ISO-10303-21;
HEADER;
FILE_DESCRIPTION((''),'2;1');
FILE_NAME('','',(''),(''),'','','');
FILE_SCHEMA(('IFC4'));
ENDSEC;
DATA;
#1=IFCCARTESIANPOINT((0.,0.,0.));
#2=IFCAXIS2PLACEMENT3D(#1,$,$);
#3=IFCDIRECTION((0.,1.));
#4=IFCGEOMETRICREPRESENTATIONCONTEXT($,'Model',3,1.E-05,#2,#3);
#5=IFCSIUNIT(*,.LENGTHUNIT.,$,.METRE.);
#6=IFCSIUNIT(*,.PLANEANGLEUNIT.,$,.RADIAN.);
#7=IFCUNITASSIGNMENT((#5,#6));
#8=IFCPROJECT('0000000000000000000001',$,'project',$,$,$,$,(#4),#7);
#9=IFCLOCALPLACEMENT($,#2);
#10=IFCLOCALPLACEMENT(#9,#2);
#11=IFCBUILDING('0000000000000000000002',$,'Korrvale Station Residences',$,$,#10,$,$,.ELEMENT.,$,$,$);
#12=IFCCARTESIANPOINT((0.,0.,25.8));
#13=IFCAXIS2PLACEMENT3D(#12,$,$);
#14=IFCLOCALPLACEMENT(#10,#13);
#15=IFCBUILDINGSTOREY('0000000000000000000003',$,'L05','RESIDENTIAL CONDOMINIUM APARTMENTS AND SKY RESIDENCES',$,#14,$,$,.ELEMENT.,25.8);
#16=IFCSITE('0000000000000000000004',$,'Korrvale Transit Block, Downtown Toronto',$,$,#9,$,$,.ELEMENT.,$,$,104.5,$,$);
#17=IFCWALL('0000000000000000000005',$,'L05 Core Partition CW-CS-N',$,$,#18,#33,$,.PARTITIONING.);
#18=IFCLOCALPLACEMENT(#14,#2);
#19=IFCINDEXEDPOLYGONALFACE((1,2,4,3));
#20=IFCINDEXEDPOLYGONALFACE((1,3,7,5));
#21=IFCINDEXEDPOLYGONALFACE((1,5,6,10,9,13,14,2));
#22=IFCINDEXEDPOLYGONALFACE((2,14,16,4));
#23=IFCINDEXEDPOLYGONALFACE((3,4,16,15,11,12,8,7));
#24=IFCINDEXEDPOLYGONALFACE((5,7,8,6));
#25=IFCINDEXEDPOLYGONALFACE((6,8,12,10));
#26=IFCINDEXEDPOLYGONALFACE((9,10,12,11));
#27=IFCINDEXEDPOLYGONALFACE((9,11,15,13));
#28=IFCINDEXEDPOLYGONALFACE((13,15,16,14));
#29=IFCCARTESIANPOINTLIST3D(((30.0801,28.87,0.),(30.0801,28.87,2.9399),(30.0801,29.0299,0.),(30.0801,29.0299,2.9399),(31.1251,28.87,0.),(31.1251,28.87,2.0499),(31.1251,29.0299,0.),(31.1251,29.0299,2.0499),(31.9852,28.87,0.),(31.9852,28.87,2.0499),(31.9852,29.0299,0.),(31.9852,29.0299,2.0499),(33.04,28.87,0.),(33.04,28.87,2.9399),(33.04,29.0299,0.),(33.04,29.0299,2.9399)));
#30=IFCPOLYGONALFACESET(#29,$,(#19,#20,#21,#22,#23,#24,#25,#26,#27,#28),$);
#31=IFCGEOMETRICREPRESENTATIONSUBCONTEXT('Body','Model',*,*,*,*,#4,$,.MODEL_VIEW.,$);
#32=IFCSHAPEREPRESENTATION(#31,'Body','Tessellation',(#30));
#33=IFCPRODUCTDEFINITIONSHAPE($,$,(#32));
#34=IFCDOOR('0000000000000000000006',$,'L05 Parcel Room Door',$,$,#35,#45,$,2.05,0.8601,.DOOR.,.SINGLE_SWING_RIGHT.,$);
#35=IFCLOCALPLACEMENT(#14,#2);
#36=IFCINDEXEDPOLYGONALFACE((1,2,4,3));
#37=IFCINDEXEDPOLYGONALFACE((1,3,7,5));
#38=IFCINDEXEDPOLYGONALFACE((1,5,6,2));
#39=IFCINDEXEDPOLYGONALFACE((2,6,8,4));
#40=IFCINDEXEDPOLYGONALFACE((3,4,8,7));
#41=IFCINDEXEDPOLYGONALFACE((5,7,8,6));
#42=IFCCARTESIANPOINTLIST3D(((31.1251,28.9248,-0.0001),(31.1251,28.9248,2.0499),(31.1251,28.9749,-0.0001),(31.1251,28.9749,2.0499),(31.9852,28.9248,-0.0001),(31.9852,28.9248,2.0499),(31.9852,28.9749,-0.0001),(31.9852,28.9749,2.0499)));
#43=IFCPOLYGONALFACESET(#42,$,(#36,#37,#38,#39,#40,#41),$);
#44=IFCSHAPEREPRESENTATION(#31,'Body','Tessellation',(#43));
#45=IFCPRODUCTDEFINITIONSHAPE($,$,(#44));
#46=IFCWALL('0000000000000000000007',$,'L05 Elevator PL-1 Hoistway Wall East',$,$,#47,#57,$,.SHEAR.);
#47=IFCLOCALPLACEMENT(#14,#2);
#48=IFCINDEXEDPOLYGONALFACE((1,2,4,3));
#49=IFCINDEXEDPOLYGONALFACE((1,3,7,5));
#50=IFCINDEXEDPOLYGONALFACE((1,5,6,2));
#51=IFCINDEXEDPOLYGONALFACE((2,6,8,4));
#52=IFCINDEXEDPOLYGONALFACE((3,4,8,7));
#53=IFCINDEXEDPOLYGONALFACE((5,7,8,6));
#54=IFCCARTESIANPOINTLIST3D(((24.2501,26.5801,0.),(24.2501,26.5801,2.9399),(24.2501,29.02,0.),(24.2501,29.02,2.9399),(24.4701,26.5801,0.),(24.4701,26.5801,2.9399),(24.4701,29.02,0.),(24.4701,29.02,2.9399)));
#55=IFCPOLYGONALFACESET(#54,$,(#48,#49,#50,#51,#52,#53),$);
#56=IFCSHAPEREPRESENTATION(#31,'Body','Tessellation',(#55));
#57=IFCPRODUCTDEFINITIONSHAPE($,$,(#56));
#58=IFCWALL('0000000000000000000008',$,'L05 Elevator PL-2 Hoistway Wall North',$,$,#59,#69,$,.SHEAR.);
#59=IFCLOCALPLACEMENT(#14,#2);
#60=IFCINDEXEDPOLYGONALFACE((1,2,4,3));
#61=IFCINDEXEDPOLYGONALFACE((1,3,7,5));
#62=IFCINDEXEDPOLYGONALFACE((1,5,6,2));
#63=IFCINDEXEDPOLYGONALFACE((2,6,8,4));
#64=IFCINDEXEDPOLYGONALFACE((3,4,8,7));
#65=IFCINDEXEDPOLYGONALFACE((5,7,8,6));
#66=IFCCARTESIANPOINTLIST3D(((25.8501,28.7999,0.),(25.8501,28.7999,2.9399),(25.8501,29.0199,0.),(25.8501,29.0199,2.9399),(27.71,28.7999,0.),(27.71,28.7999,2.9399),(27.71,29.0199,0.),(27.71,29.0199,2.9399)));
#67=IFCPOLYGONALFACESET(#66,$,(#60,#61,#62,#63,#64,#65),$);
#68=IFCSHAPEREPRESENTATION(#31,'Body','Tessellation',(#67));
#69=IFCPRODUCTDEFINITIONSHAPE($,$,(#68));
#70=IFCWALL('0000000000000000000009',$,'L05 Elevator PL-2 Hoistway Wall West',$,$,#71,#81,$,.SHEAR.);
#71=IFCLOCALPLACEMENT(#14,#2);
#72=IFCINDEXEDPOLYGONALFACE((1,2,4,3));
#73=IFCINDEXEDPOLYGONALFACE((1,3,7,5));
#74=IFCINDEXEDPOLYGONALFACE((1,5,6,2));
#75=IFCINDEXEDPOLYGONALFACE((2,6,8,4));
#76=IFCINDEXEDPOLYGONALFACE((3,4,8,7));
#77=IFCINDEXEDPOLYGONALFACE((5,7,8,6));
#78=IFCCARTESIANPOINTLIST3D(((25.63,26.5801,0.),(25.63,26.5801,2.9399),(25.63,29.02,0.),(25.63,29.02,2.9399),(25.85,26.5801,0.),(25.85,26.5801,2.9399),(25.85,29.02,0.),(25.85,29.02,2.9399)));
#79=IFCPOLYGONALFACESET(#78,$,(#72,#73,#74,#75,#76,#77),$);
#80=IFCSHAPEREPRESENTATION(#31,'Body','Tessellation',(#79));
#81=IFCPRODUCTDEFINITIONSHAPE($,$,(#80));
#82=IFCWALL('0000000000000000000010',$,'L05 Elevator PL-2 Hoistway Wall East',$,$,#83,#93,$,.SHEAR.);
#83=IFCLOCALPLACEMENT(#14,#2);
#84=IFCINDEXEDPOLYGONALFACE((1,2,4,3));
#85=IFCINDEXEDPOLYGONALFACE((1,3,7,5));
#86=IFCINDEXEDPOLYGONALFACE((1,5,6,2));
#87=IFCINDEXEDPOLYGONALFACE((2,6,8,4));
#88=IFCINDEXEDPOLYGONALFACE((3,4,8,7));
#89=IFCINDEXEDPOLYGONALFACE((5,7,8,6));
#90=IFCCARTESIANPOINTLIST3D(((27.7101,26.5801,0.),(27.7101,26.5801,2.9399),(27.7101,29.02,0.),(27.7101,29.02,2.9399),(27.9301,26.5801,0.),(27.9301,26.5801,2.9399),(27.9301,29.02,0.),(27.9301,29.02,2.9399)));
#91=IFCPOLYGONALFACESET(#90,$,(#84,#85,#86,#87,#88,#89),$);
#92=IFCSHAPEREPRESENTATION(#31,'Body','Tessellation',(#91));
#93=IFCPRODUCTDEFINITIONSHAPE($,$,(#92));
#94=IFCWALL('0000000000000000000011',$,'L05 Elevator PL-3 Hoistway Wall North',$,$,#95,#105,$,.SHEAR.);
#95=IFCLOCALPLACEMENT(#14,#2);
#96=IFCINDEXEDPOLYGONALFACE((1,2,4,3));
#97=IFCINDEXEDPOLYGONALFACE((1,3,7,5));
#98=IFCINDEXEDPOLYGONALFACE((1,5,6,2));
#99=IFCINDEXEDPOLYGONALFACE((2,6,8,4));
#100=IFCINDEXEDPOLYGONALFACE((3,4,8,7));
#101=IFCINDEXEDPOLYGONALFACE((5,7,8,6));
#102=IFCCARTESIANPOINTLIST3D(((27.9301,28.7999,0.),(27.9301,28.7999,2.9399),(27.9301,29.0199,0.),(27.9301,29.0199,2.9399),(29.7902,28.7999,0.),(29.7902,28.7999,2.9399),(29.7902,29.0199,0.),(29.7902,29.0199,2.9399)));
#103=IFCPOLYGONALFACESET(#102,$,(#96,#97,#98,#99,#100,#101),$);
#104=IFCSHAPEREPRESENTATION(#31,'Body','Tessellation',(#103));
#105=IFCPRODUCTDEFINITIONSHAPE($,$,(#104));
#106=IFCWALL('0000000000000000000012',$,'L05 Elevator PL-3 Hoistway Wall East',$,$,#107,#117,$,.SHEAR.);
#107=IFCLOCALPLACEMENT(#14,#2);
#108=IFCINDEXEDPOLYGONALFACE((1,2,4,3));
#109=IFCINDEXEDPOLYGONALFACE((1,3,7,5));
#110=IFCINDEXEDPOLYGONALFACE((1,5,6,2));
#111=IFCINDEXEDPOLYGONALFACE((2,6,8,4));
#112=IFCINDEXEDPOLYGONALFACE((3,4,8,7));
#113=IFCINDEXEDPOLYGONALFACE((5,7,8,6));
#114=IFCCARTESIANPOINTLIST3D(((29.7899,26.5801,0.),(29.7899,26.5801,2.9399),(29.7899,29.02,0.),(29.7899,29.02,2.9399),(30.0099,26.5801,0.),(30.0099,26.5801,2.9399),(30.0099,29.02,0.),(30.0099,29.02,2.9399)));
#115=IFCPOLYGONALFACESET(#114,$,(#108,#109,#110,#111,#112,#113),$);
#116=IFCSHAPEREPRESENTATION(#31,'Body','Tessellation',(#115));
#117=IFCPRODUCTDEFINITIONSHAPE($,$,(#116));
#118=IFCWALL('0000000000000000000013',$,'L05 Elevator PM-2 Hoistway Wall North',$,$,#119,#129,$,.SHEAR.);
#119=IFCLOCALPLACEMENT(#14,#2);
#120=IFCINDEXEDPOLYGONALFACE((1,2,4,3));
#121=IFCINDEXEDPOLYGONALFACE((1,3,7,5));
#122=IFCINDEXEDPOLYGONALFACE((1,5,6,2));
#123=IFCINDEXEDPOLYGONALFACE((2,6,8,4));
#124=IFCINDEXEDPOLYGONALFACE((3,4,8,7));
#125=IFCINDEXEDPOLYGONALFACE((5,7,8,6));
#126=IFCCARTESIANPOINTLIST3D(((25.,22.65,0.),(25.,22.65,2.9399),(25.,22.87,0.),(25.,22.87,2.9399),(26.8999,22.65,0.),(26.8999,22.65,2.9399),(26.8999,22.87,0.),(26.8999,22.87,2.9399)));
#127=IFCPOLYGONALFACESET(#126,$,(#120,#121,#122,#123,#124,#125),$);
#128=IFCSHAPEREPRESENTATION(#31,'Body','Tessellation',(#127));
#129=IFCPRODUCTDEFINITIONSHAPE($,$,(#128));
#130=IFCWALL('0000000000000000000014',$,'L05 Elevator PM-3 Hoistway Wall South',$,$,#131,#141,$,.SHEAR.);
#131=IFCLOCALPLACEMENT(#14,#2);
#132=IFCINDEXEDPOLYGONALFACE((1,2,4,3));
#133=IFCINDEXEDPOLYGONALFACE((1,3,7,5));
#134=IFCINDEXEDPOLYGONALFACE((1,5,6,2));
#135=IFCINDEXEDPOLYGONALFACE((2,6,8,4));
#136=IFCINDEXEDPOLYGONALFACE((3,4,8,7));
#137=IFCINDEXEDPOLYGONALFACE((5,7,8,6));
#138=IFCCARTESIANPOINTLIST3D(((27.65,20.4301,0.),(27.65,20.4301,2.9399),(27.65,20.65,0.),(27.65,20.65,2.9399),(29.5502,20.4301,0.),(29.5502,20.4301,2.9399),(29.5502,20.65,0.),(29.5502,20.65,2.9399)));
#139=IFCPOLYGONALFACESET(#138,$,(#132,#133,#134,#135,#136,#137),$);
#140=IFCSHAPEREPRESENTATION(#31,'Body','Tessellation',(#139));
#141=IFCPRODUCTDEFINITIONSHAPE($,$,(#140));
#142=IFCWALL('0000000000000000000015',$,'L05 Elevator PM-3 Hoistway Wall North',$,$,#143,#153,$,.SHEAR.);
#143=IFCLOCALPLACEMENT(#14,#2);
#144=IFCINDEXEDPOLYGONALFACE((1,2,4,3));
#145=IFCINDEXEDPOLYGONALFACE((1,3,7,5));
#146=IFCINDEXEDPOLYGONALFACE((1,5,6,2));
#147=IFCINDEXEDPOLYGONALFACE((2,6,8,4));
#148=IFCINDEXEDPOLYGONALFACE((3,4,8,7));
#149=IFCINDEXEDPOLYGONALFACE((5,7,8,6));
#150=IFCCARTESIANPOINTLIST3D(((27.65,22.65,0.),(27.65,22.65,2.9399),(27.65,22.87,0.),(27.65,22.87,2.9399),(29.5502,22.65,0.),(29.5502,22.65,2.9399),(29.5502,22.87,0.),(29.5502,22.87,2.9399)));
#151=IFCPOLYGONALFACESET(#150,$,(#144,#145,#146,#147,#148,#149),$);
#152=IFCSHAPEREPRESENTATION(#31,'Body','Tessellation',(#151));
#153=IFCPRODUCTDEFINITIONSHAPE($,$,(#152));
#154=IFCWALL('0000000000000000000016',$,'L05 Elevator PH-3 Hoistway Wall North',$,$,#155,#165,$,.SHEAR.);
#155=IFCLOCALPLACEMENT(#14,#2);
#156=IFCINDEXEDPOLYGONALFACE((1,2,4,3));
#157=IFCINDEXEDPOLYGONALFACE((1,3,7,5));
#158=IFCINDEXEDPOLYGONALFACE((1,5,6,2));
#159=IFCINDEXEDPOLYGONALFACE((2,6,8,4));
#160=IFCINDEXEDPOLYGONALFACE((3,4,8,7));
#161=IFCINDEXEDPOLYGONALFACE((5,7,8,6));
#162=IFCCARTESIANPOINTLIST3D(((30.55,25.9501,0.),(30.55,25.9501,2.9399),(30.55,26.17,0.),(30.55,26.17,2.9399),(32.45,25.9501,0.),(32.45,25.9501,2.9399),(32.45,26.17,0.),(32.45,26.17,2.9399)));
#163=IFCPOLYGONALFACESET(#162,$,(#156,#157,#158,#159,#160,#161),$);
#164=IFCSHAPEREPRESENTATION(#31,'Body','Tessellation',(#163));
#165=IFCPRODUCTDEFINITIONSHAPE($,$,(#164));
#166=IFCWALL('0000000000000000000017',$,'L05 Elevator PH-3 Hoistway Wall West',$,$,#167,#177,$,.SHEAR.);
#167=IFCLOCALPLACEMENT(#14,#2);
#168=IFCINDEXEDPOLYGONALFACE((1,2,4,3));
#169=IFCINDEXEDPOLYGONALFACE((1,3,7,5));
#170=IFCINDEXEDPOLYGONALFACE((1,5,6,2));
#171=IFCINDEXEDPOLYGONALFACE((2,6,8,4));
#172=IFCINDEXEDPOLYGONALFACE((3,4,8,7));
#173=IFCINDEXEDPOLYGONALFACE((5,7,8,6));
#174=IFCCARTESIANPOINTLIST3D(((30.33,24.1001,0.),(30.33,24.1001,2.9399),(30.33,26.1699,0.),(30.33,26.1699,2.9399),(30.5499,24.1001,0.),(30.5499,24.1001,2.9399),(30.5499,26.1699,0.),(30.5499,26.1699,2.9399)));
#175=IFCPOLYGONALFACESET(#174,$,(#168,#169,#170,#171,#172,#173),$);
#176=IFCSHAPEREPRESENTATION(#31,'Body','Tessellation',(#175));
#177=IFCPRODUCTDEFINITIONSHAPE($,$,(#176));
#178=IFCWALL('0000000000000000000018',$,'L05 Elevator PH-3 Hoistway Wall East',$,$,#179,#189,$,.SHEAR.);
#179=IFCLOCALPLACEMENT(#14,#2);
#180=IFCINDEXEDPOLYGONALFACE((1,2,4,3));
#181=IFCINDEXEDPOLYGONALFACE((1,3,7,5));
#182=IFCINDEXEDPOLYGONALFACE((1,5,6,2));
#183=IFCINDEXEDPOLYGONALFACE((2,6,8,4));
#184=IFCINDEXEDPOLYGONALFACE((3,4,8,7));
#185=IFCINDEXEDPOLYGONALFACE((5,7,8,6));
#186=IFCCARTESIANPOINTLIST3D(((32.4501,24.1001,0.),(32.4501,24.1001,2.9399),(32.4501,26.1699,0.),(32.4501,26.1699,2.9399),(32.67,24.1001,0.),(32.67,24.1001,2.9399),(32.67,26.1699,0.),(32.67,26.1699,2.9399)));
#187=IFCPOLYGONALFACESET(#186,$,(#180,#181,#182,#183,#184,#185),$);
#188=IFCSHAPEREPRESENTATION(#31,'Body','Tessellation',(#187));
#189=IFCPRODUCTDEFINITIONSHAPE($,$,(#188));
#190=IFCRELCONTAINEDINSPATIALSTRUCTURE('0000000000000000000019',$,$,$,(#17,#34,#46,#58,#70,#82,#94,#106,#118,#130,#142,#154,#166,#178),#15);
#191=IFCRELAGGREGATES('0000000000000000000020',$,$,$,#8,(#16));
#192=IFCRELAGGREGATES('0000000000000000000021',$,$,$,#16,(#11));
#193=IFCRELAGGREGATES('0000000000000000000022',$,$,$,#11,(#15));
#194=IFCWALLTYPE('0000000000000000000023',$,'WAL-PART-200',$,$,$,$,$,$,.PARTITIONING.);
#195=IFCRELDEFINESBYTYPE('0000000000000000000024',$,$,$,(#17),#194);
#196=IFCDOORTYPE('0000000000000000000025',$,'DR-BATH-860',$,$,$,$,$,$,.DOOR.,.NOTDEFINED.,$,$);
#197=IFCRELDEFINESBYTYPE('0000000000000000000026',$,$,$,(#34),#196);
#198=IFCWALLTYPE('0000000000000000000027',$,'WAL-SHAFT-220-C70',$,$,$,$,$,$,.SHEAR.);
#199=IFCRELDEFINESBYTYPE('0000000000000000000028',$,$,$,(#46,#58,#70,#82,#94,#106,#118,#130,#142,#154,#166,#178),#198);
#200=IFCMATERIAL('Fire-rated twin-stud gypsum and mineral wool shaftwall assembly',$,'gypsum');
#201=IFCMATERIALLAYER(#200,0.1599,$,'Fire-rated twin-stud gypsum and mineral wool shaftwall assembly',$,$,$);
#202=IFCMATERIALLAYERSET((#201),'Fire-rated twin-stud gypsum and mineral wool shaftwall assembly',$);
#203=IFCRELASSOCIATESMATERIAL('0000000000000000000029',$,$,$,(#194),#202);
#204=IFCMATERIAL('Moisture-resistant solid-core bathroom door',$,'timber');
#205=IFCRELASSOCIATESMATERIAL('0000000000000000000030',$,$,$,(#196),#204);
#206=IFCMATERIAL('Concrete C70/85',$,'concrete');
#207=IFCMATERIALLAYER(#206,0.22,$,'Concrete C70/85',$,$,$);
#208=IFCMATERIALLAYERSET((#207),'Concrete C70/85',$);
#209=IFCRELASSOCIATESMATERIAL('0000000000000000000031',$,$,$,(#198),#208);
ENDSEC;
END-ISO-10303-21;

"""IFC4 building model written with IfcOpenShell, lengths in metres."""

from ifc_helpers import new_model, si_unit, direction, frame, frame_2d, origin, place, context, subcontext, project, spatial, rectangle, extrude, material, layer, layer_set, type_object, element, fill, save


model = new_model("IFC4")

# Units and contexts
model_context = context("Model", 3, precision=1e-05, world=origin(), true_north=direction((0.0, 1.0)))
body_context = subcontext(model_context, "Body", "Model", "MODEL_VIEW")
ifc_project = project(units=[si_unit("LENGTHUNIT", "METRE"), si_unit("PLANEANGLEUNIT", "RADIAN")], contexts=[model_context])

# Site, building, storey
site_placement = place(None, origin())
site = spatial("IfcSite", under=ifc_project, at=site_placement, Name="Korrvale Transit Block, Downtown Toronto", CompositionType="ELEMENT", RefElevation=104.5)
building_placement = place(site_placement, origin())
building = spatial("IfcBuilding", under=site, at=building_placement, Name="Korrvale Station Residences", CompositionType="ELEMENT")
storey_placement = place(building_placement, frame((0.0, 0.0, 25.8)))
storey = spatial("IfcBuildingStorey", under=building, at=storey_placement, Name="L05", Description="RESIDENTIAL CONDOMINIUM APARTMENTS AND SKY RESIDENCES", CompositionType="ELEMENT", Elevation=25.8)

# Shared definitions
ifc_material_1 = material(Name="Concrete C70/85", Category="concrete")

# Shared definitions
ifc_material_2 = material(Name="Fire-rated twin-stud gypsum and mineral wool shaftwall assembly", Category="gypsum")
ifc_layer_1 = layer(ifc_material_2, 0.1599, Name="Fire-rated twin-stud gypsum and mineral wool shaftwall assembly")
ifc_layer_set_1 = layer_set([ifc_layer_1], Name="Fire-rated twin-stud gypsum and mineral wool shaftwall assembly")
wall_type_1 = type_object("IfcWallType", Name="WAL-PART-200", PredefinedType="PARTITIONING", material=ifc_layer_set_1)

# Wall, opening, door
wall_1_placement = place(storey_placement, frame((30.0801, 28.95, 0.0), z_axis=(0.0, 0.0, 1.0), x_axis=(1.0, 0.0, 0.0)))
wall_1 = element("IfcWall", 1, at=wall_1_placement, inside=storey, type_object=wall_type_1, Name="L05 Core Partition CW-CS-N", PredefinedType="PARTITIONING", context=body_context, shape_type="SweptSolid", body=[
    extrude(rectangle(XDim=2.96, YDim=0.1599, at=frame_2d((1.48, 0.0))), origin(), (0.0, 0.0, 1.0), 2.9399),
])
opening_1_placement = place(wall_1_placement, frame((1.0449, 0.0, 0.0)))
opening_1 = element("IfcOpeningElement", 2, at=opening_1_placement, cuts=wall_1, PredefinedType="OPENING", context=body_context, shape_type="SweptSolid", body=[
    extrude(rectangle(XDim=0.8601, YDim=2.05, at=frame_2d((0.4302, 1.0249))), frame((0.0, 0.0898, 0.0), z_axis=(0.0, -1.0, 0.0), x_axis=(1.0, 0.0, 0.0)), (0.0, 0.0, 1.0), 0.1799),
])
ifc_material_3 = material(Name="Moisture-resistant solid-core bathroom door", Category="timber")
door_type_1 = type_object("IfcDoorType", Name="DR-BATH-860", OperationType="NOTDEFINED", PredefinedType="DOOR", material=ifc_material_3)
door_1_placement = place(opening_1_placement, origin())
door_1 = element("IfcDoor", 3, at=door_1_placement, inside=storey, type_object=door_type_1, Name="L05 Parcel Room Door", OperationType="SINGLE_SWING_RIGHT", OverallHeight=2.05, OverallWidth=0.8601, PredefinedType="DOOR", context=body_context, shape_type="SweptSolid", body=[
    extrude(rectangle(XDim=0.8601, YDim=2.05, at=frame_2d((0.4302, 1.0249))), frame((0.0, 0.0249, 0.0), z_axis=(0.0, -1.0, 0.0), x_axis=(1.0, 0.0, 0.0)), (0.0, 0.0, 1.0), 0.05),
])
fill(opening_1, door_1)

# Wall
ifc_layer_2 = layer(ifc_material_1, 0.22, Name="Concrete C70/85")
ifc_layer_set_2 = layer_set([ifc_layer_2], Name="Concrete C70/85")
wall_type_2 = type_object("IfcWallType", Name="WAL-SHAFT-220-C70", PredefinedType="SHEAR", material=ifc_layer_set_2)
wall_2_placement = place(storey_placement, frame((24.3601, 26.5801, 0.0), z_axis=(0.0, 0.0, 1.0), x_axis=(0.0, 1.0, 0.0)))
element("IfcWall", 4, at=wall_2_placement, inside=storey, type_object=wall_type_2, Name="L05 Elevator PL-1 Hoistway Wall East", PredefinedType="SHEAR", context=body_context, shape_type="SweptSolid", body=[
    extrude(rectangle(XDim=2.4399, YDim=0.22, at=frame_2d((1.22, 0.0))), origin(), (0.0, 0.0, 1.0), 2.9399),
])

# Walls
wall_3_placement = place(storey_placement, frame((25.8501, 28.9099, 0.0), z_axis=(0.0, 0.0, 1.0), x_axis=(1.0, 0.0, 0.0)))
element("IfcWall", 5, at=wall_3_placement, inside=storey, type_object=wall_type_2, Name="L05 Elevator PL-2 Hoistway Wall North", PredefinedType="SHEAR", context=body_context, shape_type="SweptSolid", body=[
    extrude(rectangle(XDim=1.8599, YDim=0.22, at=frame_2d((0.9299, 0.0))), origin(), (0.0, 0.0, 1.0), 2.9399),
])
for number, where, z_axis, x_axis, name in (
    (6, (25.74, 26.5801, 0.0), (0.0, 0.0, 1.0), (0.0, 1.0, 0.0), "L05 Elevator PL-2 Hoistway Wall West"),
    (7, (27.8201, 26.5801, 0.0), (0.0, 0.0, 1.0), (0.0, 1.0, 0.0), "L05 Elevator PL-2 Hoistway Wall East"),
):
    element("IfcWall", number, at=place(storey_placement, frame(where, z_axis=z_axis, x_axis=x_axis)), inside=storey, type_object=wall_type_2, Name=name, PredefinedType="SHEAR", context=body_context, shape_type="SweptSolid", body=[
        extrude(rectangle(XDim=2.4399, YDim=0.22, at=frame_2d((1.22, 0.0))), origin(), (0.0, 0.0, 1.0), 2.9399),
    ])

# Walls
wall_4_placement = place(storey_placement, frame((27.9299, 28.9099, 0.0), z_axis=(0.0, 0.0, 1.0), x_axis=(1.0, 0.0, 0.0)))
element("IfcWall", 8, at=wall_4_placement, inside=storey, type_object=wall_type_2, Name="L05 Elevator PL-3 Hoistway Wall North", PredefinedType="SHEAR", context=body_context, shape_type="SweptSolid", body=[
    extrude(rectangle(XDim=1.8601, YDim=0.22, at=frame_2d((0.9302, 0.0))), origin(), (0.0, 0.0, 1.0), 2.9399),
])
wall_5_placement = place(storey_placement, frame((29.8999, 26.5801, 0.0), z_axis=(0.0, 0.0, 1.0), x_axis=(0.0, 1.0, 0.0)))
element("IfcWall", 9, at=wall_5_placement, inside=storey, type_object=wall_type_2, Name="L05 Elevator PL-3 Hoistway Wall East", PredefinedType="SHEAR", context=body_context, shape_type="SweptSolid", body=[
    extrude(rectangle(XDim=2.4399, YDim=0.22, at=frame_2d((1.22, 0.0))), origin(), (0.0, 0.0, 1.0), 2.9399),
])
wall_6_placement = place(storey_placement, frame((25.0, 22.76, 0.0), z_axis=(0.0, 0.0, 1.0), x_axis=(1.0, 0.0, 0.0)))
element("IfcWall", 10, at=wall_6_placement, inside=storey, type_object=wall_type_2, Name="L05 Elevator PM-2 Hoistway Wall North", PredefinedType="SHEAR", context=body_context, shape_type="SweptSolid", body=[
    extrude(rectangle(XDim=1.8999, YDim=0.22, at=frame_2d((0.95, 0.0))), origin(), (0.0, 0.0, 1.0), 2.9399),
])
for number, where, z_axis, x_axis, name in (
    (11, (27.6499, 20.54, 0.0), (0.0, 0.0, 1.0), (1.0, 0.0, 0.0), "L05 Elevator PM-3 Hoistway Wall South"),
    (12, (27.6499, 22.76, 0.0), (0.0, 0.0, 1.0), (1.0, 0.0, 0.0), "L05 Elevator PM-3 Hoistway Wall North"),
):
    element("IfcWall", number, at=place(storey_placement, frame(where, z_axis=z_axis, x_axis=x_axis)), inside=storey, type_object=wall_type_2, Name=name, PredefinedType="SHEAR", context=body_context, shape_type="SweptSolid", body=[
        extrude(rectangle(XDim=1.9001, YDim=0.22, at=frame_2d((0.9502, 0.0))), origin(), (0.0, 0.0, 1.0), 2.9399),
    ])
wall_7_placement = place(storey_placement, frame((30.55, 26.0601, 0.0), z_axis=(0.0, 0.0, 1.0), x_axis=(1.0, 0.0, 0.0)))
element("IfcWall", 13, at=wall_7_placement, inside=storey, type_object=wall_type_2, Name="L05 Elevator PH-3 Hoistway Wall North", PredefinedType="SHEAR", context=body_context, shape_type="SweptSolid", body=[
    extrude(rectangle(XDim=1.8999, YDim=0.22, at=frame_2d((0.95, 0.0))), origin(), (0.0, 0.0, 1.0), 2.9399),
])
for number, where, z_axis, x_axis, name in (
    (14, (30.4399, 24.1001, 0.0), (0.0, 0.0, 1.0), (0.0, 1.0, 0.0), "L05 Elevator PH-3 Hoistway Wall West"),
    (15, (32.5601, 24.1001, 0.0), (0.0, 0.0, 1.0), (0.0, 1.0, 0.0), "L05 Elevator PH-3 Hoistway Wall East"),
):
    element("IfcWall", number, at=place(storey_placement, frame(where, z_axis=z_axis, x_axis=x_axis)), inside=storey, type_object=wall_type_2, Name=name, PredefinedType="SHEAR", context=body_context, shape_type="SweptSolid", body=[
        extrude(rectangle(XDim=2.0698, YDim=0.22, at=frame_2d((1.0349, 0.0))), origin(), (0.0, 0.0, 1.0), 2.9399),
    ])

save(model, "model.ifc")
